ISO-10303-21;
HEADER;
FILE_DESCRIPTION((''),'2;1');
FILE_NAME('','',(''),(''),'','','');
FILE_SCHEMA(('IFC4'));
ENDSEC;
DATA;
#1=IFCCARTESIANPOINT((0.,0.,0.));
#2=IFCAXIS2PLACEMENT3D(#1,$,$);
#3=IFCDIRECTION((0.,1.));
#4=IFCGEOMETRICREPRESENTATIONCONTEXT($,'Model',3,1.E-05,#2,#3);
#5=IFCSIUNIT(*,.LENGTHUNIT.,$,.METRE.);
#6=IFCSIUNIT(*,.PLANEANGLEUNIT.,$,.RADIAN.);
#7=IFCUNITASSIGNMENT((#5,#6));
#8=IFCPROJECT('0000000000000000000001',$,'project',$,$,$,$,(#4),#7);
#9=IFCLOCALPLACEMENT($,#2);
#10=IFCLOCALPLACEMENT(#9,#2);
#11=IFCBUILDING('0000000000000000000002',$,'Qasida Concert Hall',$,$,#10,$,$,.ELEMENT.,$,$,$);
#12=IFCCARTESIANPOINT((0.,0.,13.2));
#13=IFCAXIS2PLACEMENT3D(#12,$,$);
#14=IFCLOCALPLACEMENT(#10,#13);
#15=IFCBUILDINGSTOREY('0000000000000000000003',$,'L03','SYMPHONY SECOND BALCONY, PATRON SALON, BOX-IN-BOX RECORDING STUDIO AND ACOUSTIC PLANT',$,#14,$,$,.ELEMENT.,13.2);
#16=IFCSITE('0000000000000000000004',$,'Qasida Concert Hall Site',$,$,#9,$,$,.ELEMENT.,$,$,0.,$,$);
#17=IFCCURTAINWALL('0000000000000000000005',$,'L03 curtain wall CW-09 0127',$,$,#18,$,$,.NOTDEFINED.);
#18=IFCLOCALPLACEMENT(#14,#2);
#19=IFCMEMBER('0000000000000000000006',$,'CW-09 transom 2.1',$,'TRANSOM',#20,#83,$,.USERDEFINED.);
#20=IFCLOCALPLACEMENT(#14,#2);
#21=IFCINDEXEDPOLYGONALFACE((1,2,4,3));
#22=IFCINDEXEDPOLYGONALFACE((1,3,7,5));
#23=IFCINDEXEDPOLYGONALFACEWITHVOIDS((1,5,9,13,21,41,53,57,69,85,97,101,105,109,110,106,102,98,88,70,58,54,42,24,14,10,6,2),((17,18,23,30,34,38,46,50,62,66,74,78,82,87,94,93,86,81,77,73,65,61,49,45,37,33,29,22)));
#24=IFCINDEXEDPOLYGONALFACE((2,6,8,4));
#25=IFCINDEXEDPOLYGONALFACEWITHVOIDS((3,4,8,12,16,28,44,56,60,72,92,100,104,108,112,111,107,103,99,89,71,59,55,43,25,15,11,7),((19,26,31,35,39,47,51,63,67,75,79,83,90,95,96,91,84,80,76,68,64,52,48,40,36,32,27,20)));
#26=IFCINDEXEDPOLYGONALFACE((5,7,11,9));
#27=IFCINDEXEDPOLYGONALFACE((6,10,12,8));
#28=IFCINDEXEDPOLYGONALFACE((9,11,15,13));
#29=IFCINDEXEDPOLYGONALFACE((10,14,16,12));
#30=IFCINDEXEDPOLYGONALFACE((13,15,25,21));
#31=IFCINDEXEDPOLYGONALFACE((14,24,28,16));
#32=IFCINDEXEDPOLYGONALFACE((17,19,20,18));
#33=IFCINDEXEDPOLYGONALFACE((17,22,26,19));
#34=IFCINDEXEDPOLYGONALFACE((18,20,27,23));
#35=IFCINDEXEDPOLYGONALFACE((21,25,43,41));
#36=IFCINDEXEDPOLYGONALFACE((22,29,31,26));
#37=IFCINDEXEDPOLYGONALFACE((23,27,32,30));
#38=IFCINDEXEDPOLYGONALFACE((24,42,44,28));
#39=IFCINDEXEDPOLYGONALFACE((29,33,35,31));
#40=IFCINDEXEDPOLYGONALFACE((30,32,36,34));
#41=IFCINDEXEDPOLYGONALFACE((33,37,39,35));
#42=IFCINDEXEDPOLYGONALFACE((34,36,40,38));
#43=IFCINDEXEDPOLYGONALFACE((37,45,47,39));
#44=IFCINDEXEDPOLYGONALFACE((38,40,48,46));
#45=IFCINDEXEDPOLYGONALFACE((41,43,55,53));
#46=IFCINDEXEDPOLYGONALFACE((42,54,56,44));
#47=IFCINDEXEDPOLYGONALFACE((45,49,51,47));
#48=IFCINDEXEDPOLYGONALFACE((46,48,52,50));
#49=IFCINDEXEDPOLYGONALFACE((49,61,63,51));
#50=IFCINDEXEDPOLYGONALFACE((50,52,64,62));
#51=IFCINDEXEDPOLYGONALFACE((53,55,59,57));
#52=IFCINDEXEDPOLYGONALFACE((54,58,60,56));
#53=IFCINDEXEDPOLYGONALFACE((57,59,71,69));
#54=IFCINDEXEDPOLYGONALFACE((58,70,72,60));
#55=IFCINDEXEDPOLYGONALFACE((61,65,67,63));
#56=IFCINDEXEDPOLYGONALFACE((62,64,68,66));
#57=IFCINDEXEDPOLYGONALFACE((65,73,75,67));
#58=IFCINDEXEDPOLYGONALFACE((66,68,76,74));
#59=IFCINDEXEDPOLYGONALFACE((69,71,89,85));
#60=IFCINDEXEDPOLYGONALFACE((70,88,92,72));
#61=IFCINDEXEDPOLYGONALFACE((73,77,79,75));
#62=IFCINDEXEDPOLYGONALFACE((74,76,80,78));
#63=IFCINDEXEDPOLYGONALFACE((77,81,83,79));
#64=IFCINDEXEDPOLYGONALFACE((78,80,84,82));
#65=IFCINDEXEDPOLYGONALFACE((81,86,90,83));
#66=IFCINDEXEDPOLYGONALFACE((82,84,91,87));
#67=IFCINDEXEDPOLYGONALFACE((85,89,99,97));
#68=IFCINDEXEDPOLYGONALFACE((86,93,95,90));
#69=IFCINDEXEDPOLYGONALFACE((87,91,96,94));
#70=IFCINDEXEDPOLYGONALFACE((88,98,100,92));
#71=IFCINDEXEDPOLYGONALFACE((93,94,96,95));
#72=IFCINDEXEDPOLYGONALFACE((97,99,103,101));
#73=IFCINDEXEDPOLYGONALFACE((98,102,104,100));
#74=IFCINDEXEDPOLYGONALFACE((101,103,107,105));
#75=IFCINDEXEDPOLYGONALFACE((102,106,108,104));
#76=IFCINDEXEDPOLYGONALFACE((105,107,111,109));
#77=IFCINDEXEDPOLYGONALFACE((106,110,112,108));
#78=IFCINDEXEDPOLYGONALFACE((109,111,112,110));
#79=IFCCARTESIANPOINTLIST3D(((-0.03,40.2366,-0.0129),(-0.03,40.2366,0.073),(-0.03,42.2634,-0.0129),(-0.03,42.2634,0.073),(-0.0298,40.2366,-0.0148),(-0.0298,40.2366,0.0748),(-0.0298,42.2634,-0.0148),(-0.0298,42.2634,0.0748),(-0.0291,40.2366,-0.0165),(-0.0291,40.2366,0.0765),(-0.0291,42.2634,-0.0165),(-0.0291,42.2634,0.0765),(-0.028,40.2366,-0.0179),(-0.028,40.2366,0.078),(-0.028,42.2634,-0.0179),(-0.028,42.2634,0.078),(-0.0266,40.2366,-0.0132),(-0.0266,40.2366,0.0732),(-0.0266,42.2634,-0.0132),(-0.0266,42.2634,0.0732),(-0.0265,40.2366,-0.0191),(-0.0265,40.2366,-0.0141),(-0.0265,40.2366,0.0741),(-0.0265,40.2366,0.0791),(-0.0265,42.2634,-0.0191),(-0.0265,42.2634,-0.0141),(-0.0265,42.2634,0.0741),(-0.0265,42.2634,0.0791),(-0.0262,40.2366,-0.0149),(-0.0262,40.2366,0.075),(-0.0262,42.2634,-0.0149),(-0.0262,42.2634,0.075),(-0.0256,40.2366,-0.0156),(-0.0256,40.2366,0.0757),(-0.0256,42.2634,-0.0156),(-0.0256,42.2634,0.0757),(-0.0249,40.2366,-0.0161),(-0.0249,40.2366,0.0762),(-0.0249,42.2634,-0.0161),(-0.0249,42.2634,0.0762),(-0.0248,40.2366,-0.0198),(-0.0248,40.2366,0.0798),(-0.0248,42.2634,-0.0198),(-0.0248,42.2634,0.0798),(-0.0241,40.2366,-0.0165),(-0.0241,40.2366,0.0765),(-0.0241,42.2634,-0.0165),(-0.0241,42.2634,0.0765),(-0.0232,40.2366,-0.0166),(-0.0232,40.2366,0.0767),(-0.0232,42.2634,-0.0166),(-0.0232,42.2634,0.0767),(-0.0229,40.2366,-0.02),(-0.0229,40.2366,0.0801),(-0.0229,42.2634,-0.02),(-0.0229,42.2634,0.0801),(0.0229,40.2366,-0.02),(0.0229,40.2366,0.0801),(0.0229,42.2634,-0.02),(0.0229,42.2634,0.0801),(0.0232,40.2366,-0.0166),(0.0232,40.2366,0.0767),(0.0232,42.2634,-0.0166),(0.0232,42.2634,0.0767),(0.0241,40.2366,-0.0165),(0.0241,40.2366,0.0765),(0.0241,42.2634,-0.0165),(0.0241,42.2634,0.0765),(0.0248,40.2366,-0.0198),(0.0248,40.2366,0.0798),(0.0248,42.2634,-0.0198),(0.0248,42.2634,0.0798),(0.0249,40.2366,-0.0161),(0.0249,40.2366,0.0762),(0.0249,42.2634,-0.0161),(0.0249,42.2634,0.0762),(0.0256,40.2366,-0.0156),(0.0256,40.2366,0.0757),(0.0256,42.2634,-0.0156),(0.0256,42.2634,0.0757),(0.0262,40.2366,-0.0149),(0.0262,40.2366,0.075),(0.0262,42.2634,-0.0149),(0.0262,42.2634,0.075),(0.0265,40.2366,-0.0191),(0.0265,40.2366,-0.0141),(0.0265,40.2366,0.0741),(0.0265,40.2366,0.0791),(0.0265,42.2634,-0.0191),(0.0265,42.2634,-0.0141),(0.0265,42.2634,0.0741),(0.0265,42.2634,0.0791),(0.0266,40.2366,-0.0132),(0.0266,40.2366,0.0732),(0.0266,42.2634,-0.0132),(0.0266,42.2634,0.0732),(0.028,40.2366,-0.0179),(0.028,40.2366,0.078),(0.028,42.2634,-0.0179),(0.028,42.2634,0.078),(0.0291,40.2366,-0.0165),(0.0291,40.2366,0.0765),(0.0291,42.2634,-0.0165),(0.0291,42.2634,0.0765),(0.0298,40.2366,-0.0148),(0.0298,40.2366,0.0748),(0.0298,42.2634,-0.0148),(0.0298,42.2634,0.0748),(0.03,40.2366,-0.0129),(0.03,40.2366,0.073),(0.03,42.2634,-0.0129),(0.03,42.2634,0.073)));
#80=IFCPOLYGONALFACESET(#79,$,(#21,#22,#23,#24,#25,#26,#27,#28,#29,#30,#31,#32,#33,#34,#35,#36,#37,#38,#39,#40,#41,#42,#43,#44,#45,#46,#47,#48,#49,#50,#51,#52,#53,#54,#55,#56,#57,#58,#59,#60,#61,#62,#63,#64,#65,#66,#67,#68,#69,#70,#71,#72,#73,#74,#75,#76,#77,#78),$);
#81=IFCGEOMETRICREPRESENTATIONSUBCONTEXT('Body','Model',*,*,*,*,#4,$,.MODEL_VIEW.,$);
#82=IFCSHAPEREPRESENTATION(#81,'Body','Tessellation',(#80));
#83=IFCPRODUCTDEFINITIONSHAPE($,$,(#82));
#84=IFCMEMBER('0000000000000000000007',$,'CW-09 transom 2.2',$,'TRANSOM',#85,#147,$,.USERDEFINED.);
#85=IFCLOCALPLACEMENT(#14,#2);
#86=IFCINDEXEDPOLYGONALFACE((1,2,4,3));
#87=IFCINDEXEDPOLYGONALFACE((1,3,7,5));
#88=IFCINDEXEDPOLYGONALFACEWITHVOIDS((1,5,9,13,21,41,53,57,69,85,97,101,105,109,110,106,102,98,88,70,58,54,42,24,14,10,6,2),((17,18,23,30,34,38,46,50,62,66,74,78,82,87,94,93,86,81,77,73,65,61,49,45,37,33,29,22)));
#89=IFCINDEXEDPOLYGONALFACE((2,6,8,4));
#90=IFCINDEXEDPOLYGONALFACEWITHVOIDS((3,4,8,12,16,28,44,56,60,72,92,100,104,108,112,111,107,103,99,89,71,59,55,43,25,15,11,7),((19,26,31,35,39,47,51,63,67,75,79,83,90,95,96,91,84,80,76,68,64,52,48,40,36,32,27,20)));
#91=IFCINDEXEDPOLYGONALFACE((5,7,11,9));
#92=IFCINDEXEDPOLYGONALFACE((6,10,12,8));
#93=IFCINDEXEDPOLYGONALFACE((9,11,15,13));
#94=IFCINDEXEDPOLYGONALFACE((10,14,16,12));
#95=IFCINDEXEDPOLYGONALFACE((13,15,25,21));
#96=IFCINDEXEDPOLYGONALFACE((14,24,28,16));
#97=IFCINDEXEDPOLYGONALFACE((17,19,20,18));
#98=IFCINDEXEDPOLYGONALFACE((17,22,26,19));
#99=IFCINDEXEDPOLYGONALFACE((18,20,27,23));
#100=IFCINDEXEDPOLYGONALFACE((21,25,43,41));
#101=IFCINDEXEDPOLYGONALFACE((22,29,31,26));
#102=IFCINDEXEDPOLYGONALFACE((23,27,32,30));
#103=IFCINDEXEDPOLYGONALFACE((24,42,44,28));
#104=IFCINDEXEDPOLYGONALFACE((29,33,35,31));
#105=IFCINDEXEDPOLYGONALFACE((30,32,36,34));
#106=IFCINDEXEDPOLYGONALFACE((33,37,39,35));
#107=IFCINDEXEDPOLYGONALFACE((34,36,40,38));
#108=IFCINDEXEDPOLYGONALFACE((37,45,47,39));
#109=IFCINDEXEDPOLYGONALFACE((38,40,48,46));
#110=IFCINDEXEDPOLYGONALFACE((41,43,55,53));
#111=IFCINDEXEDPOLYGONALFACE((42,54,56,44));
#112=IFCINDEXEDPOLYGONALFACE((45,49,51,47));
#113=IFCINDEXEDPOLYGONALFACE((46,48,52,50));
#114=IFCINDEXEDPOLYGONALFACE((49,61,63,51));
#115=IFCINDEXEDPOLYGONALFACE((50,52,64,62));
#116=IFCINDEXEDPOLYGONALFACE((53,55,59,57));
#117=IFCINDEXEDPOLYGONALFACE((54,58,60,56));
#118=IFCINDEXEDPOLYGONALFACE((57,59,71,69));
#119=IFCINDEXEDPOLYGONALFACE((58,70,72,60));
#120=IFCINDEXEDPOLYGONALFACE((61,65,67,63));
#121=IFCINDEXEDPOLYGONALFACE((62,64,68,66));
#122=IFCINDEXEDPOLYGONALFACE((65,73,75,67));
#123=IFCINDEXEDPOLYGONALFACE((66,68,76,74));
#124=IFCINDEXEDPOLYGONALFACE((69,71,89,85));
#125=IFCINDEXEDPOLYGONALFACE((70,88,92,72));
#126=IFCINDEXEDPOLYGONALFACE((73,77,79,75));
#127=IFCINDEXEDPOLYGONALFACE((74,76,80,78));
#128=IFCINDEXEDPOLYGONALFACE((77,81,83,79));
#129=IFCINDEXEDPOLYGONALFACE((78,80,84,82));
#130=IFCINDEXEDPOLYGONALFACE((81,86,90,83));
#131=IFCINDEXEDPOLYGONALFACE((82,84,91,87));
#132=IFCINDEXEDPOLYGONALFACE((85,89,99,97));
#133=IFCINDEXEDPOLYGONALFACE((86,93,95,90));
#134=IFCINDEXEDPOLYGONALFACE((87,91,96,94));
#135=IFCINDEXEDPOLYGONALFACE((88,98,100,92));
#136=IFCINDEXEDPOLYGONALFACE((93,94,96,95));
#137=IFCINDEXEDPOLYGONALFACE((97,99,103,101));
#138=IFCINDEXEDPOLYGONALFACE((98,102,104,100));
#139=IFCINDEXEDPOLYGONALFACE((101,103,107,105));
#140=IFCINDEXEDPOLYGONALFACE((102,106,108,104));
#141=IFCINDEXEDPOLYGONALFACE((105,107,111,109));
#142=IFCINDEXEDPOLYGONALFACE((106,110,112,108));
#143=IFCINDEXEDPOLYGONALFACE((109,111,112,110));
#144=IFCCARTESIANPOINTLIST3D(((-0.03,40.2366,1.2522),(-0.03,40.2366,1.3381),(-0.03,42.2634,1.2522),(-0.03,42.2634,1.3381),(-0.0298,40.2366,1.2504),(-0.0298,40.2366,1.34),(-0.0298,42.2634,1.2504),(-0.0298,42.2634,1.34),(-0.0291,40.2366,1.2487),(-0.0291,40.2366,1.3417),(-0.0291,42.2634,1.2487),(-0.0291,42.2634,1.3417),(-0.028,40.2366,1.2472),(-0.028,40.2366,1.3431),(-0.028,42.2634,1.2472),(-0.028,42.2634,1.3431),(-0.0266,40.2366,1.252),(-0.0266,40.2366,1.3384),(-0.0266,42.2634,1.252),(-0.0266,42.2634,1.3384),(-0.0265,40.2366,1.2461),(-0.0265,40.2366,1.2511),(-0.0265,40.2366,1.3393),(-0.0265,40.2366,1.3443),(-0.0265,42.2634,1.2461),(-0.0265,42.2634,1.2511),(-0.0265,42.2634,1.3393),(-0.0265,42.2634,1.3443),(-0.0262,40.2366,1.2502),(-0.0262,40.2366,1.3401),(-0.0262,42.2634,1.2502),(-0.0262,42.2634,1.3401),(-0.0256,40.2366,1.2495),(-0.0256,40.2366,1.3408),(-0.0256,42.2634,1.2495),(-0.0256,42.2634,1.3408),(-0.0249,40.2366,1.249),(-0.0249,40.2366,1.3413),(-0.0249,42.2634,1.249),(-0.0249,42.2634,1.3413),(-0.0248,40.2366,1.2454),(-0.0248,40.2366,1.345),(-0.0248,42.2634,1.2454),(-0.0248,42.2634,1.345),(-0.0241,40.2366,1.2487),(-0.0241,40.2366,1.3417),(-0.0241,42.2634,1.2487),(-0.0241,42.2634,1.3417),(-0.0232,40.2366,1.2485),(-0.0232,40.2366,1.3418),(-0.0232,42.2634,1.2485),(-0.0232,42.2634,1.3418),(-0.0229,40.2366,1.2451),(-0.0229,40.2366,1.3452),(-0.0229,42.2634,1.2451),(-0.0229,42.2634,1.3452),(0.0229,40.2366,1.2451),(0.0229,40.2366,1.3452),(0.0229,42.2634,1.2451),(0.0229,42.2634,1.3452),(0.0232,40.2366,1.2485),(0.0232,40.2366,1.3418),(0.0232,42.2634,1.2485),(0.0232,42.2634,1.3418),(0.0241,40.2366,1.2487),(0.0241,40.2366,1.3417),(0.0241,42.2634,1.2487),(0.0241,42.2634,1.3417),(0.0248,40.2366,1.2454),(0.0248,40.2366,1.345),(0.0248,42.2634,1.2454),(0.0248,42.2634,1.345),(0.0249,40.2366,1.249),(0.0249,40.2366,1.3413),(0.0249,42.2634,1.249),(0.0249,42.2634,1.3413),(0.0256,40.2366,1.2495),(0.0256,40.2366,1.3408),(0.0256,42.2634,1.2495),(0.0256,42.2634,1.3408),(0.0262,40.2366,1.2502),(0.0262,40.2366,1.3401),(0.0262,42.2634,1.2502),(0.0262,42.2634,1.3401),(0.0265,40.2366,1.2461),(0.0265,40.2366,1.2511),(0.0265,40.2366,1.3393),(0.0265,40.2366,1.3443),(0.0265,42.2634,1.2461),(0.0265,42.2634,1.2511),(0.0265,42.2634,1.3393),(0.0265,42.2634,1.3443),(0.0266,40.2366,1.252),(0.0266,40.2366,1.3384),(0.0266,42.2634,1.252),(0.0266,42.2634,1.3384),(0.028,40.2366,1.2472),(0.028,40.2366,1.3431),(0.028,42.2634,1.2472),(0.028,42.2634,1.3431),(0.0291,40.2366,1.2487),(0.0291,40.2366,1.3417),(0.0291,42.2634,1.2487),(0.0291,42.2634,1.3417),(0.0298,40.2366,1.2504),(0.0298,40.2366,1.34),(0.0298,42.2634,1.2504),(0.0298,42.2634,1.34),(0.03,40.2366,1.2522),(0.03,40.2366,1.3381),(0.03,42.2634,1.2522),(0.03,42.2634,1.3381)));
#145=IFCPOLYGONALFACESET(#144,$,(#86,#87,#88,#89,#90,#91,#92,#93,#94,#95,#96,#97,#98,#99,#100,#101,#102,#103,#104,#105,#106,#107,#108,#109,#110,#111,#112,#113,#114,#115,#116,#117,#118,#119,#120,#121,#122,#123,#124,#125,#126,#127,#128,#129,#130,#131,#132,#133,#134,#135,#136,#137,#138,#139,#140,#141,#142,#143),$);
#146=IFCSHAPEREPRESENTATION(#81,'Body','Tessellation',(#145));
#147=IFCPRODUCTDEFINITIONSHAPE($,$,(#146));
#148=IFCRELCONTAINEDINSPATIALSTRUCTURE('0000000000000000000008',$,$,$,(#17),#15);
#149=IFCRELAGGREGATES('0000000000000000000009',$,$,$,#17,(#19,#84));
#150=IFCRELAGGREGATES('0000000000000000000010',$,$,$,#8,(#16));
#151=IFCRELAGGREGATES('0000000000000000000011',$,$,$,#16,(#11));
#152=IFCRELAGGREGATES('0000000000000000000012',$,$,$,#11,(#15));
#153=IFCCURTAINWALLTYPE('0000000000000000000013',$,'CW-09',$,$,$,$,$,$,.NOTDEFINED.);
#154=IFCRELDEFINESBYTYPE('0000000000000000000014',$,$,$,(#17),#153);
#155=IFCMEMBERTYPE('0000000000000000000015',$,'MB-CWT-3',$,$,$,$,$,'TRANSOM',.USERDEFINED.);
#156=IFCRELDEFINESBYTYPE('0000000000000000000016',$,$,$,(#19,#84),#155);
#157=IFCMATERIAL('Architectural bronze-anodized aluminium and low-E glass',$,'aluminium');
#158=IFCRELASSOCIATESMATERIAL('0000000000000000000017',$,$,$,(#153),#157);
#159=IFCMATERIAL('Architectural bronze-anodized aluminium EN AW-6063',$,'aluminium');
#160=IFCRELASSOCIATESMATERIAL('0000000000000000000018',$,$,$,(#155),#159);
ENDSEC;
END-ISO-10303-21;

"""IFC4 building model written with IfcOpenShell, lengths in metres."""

from ifc_helpers import new_model, si_unit, direction, frame, origin, origin_2d, place, context, subcontext, project, spatial, hollow_rectangle, extrude, material, material_profile, profile_set, type_object, element, aggregate, save


model = new_model("IFC4")

# Units and contexts
model_context = context("Model", 3, precision=1e-05, world=origin(), true_north=direction((0.0, 1.0)))
body_context = subcontext(model_context, "Body", "Model", "MODEL_VIEW")
ifc_project = project(units=[si_unit("LENGTHUNIT", "METRE"), si_unit("PLANEANGLEUNIT", "RADIAN")], contexts=[model_context])

# Site, building, storey
site_placement = place(None, origin())
site = spatial("IfcSite", under=ifc_project, at=site_placement, Name="Qasida Concert Hall Site", CompositionType="ELEMENT", RefElevation=0.0)
building_placement = place(site_placement, origin())
building = spatial("IfcBuilding", under=site, at=building_placement, Name="Qasida Concert Hall", CompositionType="ELEMENT")
storey_placement = place(building_placement, frame((0.0, 0.0, 13.2)))
storey = spatial("IfcBuildingStorey", under=building, at=storey_placement, Name="L03", Description="SYMPHONY SECOND BALCONY, PATRON SALON, BOX-IN-BOX RECORDING STUDIO AND ACOUSTIC PLANT", CompositionType="ELEMENT", Elevation=13.2)

# Curtain wall, members
ifc_material_1 = material(Name="Architectural bronze-anodized aluminium and low-E glass", Category="aluminium")
curtain_wall_type = type_object("IfcCurtainWallType", Name="CW-09", PredefinedType="NOTDEFINED", material=ifc_material_1)
curtain_wall_placement = place(storey_placement, origin())
curtain_wall = element("IfcCurtainWall", 1, at=curtain_wall_placement, inside=storey, type_object=curtain_wall_type, Name="L03 curtain wall CW-09 0127", PredefinedType="NOTDEFINED")
ifc_material_2 = material(Name="Architectural bronze-anodized aluminium EN AW-6063", Category="aluminium")
ifc_material_profile_1 = material_profile(ifc_material_2, hollow_rectangle(XDim=0.0601, YDim=0.1001, WallThickness=0.0034, InnerFilletRadius=0.0034, OuterFilletRadius=0.0071, at=origin_2d()), Name="CWT 100x60x3.5")
ifc_profile_set_1 = profile_set([ifc_material_profile_1], Name="Architectural bronze-anodized aluminium EN AW-6063")
member_type_1 = type_object("IfcMemberType", Name="MB-CWT-3", ElementType="TRANSOM", PredefinedType="USERDEFINED", material=ifc_profile_set_1)
member_1_placement = place(storey_placement, frame((0.0, 40.2366, 0.03), z_axis=(0.0, 1.0, 0.0), x_axis=(-1.0, 0.0, 0.0)))
member_1 = element("IfcMember", 2, at=member_1_placement, type_object=member_type_1, Name="CW-09 transom 2.1", ObjectType="TRANSOM", PredefinedType="USERDEFINED", context=body_context, shape_type="SweptSolid", body=[
    extrude(hollow_rectangle(XDim=0.0601, YDim=0.1001, WallThickness=0.0034, InnerFilletRadius=0.0034, OuterFilletRadius=0.0071, at=origin_2d()), origin(), (0.0, 0.0, 1.0), 2.0269),
])
member_2_placement = place(storey_placement, frame((0.0, 40.2366, 1.2952), z_axis=(0.0, 1.0, 0.0), x_axis=(-1.0, 0.0, 0.0)))
member_2 = element("IfcMember", 3, at=member_2_placement, type_object=member_type_1, Name="CW-09 transom 2.2", ObjectType="TRANSOM", PredefinedType="USERDEFINED", context=body_context, shape_type="SweptSolid", body=[
    extrude(hollow_rectangle(XDim=0.0601, YDim=0.1001, WallThickness=0.0034, InnerFilletRadius=0.0034, OuterFilletRadius=0.0071, at=origin_2d()), origin(), (0.0, 0.0, 1.0), 2.0269),
])
aggregate(curtain_wall, [member_1, member_2])

save(model, "model.ifc")
